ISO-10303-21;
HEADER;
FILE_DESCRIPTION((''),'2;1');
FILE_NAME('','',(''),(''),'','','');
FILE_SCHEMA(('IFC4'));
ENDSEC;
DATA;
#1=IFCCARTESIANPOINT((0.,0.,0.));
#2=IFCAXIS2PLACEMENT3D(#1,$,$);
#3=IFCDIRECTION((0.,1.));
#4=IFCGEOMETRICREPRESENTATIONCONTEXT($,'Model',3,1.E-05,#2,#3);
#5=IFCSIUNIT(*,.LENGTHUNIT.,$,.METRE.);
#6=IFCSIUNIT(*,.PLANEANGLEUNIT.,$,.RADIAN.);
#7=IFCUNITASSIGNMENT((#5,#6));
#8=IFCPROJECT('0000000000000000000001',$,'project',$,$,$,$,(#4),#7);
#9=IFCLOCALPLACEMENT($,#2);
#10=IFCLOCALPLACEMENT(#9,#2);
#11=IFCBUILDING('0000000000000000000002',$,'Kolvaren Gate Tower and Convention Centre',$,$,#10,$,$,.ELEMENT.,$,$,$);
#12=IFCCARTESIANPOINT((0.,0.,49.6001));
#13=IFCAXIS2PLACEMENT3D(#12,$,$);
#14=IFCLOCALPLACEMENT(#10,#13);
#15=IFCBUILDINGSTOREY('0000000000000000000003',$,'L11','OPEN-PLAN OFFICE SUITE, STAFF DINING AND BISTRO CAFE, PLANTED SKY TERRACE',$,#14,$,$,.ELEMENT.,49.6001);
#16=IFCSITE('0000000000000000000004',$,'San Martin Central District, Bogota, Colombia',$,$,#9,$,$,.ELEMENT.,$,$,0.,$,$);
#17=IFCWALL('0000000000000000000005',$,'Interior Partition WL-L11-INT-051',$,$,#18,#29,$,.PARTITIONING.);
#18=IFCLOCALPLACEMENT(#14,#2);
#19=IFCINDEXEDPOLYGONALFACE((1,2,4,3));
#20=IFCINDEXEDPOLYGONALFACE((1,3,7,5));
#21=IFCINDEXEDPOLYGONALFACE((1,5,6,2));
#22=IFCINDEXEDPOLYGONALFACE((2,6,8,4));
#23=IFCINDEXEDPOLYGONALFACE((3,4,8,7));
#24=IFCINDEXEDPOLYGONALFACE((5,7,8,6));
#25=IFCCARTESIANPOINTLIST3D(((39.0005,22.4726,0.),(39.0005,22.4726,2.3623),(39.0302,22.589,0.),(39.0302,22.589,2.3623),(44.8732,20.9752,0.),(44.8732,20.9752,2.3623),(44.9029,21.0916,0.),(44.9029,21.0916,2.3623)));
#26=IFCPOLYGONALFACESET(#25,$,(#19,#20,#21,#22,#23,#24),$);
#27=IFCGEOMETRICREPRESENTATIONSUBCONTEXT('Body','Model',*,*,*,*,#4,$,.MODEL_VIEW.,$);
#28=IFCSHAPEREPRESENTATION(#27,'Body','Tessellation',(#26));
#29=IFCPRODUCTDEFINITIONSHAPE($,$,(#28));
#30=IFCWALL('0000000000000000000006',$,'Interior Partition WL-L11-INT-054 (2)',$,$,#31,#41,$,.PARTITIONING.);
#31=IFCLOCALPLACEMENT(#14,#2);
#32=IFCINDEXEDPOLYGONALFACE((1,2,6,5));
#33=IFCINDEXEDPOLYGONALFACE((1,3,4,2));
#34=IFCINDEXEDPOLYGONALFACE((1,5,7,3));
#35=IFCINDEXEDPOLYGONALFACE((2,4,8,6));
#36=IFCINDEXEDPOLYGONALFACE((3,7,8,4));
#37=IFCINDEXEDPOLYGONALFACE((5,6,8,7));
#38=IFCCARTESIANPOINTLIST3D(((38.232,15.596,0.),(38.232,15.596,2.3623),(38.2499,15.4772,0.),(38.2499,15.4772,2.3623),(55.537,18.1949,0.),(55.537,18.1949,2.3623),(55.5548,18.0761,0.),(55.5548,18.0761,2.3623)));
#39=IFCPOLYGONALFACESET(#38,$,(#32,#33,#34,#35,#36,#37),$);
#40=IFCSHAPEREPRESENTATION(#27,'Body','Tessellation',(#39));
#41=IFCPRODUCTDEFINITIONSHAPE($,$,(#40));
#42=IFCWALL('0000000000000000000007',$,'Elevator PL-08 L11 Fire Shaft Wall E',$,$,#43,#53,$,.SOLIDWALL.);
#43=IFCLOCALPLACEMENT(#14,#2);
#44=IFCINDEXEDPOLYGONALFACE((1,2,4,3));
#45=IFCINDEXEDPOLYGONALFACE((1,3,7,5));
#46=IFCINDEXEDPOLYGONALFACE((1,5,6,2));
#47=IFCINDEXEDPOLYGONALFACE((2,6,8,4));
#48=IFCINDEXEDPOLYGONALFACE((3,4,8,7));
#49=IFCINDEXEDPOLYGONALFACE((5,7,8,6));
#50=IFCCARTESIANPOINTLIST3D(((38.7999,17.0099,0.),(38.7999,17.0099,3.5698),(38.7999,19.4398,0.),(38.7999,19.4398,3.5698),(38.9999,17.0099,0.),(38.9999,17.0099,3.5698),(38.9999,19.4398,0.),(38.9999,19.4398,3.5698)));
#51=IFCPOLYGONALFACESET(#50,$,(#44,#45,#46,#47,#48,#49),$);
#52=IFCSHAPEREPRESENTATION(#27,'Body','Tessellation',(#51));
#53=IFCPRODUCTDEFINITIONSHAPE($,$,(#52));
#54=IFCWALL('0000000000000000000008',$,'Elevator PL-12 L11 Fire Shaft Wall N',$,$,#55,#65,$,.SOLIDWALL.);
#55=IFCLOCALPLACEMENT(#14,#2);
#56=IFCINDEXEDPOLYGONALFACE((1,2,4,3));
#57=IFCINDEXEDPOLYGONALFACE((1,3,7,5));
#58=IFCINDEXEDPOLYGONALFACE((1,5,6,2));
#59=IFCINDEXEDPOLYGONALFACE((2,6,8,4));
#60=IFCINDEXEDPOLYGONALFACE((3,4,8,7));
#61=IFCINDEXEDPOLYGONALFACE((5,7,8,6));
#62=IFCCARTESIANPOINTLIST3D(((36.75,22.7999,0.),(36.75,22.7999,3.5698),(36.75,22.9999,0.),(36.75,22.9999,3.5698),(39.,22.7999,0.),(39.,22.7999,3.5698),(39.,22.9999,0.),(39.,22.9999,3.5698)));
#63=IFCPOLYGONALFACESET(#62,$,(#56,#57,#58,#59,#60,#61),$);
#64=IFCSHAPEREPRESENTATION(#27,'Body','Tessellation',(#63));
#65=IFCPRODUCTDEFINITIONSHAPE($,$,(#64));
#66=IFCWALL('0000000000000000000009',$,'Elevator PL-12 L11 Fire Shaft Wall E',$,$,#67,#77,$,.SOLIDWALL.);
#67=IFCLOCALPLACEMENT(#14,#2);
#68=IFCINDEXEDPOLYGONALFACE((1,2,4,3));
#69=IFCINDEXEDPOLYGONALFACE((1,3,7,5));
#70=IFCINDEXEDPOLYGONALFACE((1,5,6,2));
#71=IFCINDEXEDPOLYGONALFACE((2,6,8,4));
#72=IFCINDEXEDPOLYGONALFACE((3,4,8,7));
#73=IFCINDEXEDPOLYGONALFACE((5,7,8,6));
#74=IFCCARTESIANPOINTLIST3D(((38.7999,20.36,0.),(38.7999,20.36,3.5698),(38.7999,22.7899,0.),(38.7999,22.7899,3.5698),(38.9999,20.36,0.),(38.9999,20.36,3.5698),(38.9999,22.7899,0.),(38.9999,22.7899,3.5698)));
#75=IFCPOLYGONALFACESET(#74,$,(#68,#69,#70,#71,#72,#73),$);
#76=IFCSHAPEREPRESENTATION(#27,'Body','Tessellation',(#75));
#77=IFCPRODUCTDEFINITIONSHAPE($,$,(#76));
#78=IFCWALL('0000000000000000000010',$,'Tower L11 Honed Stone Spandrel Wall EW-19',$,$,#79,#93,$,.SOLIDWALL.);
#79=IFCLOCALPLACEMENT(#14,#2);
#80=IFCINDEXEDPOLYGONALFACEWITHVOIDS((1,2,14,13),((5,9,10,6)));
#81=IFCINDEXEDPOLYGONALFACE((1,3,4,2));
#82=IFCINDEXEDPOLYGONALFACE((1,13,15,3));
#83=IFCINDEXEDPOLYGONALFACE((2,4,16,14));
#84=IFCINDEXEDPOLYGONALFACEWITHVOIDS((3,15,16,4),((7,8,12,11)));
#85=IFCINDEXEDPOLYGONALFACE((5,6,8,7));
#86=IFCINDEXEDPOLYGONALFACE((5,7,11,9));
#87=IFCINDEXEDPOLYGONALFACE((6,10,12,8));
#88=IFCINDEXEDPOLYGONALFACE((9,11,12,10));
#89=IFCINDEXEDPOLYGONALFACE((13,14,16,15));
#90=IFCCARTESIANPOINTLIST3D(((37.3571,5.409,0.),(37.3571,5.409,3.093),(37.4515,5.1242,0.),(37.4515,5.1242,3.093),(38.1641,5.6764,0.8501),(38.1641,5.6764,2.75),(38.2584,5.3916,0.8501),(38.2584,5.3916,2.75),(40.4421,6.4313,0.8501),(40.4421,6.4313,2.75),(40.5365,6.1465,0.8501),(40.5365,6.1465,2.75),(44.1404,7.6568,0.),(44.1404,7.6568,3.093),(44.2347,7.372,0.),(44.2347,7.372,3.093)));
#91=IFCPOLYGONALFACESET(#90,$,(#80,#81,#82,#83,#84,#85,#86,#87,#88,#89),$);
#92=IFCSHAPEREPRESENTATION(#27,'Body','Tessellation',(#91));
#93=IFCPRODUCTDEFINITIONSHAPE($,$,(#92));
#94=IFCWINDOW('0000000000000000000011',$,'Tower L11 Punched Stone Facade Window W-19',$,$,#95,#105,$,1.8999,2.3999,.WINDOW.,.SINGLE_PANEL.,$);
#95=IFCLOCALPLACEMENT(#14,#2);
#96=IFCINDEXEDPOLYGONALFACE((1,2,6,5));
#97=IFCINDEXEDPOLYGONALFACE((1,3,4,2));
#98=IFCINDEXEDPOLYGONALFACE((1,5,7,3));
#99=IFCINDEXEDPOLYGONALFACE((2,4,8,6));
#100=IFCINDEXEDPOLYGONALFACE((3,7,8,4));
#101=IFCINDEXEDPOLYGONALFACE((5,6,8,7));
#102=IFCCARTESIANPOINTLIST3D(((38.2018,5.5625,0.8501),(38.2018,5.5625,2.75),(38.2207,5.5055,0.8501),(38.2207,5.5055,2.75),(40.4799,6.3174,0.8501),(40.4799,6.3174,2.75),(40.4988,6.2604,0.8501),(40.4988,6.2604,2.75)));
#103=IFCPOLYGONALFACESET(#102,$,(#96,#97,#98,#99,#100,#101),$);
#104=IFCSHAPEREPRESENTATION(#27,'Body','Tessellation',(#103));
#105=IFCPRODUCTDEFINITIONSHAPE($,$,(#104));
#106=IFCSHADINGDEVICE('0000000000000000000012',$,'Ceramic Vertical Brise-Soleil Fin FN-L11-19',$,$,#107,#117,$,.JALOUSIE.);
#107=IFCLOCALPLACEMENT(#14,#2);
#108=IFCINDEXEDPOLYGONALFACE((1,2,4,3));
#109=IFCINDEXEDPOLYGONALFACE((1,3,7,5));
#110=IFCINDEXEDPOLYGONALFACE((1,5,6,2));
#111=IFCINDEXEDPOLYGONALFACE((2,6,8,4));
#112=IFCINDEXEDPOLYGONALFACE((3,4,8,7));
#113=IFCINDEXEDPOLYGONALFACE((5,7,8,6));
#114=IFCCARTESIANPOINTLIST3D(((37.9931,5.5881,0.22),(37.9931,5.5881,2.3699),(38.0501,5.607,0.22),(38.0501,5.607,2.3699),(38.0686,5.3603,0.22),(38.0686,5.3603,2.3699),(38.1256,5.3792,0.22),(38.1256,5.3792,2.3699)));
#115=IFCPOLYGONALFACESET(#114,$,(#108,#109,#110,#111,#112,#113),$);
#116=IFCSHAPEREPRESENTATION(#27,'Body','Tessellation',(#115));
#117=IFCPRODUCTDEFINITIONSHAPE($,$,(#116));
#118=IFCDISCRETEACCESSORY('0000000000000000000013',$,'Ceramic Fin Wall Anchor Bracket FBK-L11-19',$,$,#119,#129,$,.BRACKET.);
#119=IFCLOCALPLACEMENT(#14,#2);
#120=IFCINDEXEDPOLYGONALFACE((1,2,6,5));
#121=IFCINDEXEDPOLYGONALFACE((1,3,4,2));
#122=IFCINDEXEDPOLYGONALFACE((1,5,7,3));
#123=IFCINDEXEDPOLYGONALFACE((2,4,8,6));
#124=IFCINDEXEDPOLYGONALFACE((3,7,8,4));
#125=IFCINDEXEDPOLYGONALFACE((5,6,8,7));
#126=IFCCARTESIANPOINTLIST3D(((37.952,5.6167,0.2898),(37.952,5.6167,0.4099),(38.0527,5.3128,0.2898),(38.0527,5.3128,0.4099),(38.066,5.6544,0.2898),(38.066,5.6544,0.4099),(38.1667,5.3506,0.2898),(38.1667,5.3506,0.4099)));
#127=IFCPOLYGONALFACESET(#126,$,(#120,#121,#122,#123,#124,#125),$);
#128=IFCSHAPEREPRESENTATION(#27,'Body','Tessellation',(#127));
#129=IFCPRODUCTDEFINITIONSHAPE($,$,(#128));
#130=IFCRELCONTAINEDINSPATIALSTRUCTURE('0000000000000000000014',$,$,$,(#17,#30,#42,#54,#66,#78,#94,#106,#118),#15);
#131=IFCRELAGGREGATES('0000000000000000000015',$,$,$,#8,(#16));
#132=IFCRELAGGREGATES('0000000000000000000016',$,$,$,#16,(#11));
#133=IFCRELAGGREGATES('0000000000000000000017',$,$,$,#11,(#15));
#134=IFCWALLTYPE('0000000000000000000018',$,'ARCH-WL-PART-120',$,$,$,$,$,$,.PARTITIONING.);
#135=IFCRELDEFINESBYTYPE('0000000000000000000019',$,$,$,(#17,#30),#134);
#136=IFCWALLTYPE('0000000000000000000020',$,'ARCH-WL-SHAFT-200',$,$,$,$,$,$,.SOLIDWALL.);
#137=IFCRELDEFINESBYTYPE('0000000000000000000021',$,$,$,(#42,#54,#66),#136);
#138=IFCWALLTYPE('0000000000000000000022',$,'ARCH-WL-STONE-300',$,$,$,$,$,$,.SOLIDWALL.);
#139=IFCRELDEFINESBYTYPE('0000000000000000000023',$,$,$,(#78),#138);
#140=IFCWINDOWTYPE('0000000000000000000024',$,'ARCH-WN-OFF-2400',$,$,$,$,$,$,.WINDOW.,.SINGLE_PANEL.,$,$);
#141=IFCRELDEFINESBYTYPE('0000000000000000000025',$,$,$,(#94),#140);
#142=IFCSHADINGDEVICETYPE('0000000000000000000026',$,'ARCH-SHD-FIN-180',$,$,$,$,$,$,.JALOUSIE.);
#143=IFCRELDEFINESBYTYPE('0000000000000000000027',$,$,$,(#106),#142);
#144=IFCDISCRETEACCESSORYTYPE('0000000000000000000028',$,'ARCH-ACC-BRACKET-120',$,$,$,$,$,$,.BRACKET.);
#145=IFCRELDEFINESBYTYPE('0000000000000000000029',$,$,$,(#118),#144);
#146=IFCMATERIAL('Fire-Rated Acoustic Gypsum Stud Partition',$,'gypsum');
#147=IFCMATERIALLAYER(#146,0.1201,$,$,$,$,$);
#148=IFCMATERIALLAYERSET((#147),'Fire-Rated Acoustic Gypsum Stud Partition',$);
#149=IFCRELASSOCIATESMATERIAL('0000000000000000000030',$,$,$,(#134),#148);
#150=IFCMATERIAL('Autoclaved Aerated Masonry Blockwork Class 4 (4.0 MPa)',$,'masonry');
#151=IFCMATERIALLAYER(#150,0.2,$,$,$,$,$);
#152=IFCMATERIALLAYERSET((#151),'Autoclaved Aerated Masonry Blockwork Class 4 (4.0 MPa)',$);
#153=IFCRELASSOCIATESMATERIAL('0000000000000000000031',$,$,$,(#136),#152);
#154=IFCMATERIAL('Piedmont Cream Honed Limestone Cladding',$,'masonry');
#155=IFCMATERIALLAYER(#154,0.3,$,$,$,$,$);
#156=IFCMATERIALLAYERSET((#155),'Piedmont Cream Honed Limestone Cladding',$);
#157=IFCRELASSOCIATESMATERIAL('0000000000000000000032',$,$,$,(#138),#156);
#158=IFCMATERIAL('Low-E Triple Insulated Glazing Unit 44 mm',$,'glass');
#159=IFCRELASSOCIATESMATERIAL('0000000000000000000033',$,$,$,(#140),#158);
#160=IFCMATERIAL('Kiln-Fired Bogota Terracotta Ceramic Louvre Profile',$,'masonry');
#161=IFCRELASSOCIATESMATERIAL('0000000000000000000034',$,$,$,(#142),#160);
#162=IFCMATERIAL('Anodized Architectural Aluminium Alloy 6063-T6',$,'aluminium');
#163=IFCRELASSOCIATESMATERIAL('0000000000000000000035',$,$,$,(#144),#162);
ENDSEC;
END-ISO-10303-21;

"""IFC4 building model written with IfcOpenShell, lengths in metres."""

from ifc_helpers import new_model, si_unit, direction, frame, frame_2d, origin, origin_2d, place, context, subcontext, project, spatial, rectangle, extrude, material, layer, layer_set, type_object, element, fill, save


model = new_model("IFC4")

# Units and contexts
model_context = context("Model", 3, precision=1e-05, world=origin(), true_north=direction((0.0, 1.0)))
body_context = subcontext(model_context, "Body", "Model", "MODEL_VIEW")
ifc_project = project(units=[si_unit("LENGTHUNIT", "METRE"), si_unit("PLANEANGLEUNIT", "RADIAN")], contexts=[model_context])

# Site, building, storey
site_placement = place(None, origin())
site = spatial("IfcSite", under=ifc_project, at=site_placement, Name="San Martin Central District, Bogota, Colombia", CompositionType="ELEMENT", RefElevation=0.0)
building_placement = place(site_placement, origin())
building = spatial("IfcBuilding", under=site, at=building_placement, Name="Kolvaren Gate Tower and Convention Centre", CompositionType="ELEMENT")
storey_placement = place(building_placement, frame((0.0, 0.0, 49.6001)))
storey = spatial("IfcBuildingStorey", under=building, at=storey_placement, Name="L11", Description="OPEN-PLAN OFFICE SUITE, STAFF DINING AND BISTRO CAFE, PLANTED SKY TERRACE", CompositionType="ELEMENT", Elevation=49.6001)

# Walls
ifc_material_1 = material(Name="Fire-Rated Acoustic Gypsum Stud Partition", Category="gypsum")
ifc_layer_1 = layer(ifc_material_1, 0.1201)
ifc_layer_set_1 = layer_set([ifc_layer_1], Name="Fire-Rated Acoustic Gypsum Stud Partition")
wall_type_1 = type_object("IfcWallType", Name="ARCH-WL-PART-120", PredefinedType="PARTITIONING", material=ifc_layer_set_1)
wall_1_placement = place(storey_placement, frame((39.0154, 22.5308, 0.0), z_axis=(0.0, 0.0, 1.0), x_axis=(0.968999, -0.247064, 0.0)))
element("IfcWall", 1, at=wall_1_placement, inside=storey, type_object=wall_type_1, Name="Interior Partition WL-L11-INT-051", PredefinedType="PARTITIONING", context=body_context, shape_type="SweptSolid", body=[
    extrude(rectangle(XDim=6.0605, YDim=0.1201, at=frame_2d((3.0303, 0.0))), origin(), (0.0, 0.0, 1.0), 2.3623),
])
wall_2_placement = place(storey_placement, frame((38.241, 15.5366, 0.0), z_axis=(0.0, 0.0, 1.0), x_axis=(0.98891, 0.148516, 0.0)))
element("IfcWall", 2, at=wall_2_placement, inside=storey, type_object=wall_type_1, Name="Interior Partition WL-L11-INT-054 (2)", PredefinedType="PARTITIONING", context=body_context, shape_type="SweptSolid", body=[
    extrude(rectangle(XDim=17.499, YDim=0.1201, at=frame_2d((8.7495, 0.0))), origin(), (0.0, 0.0, 1.0), 2.3623),
])
ifc_material_2 = material(Name="Autoclaved Aerated Masonry Blockwork Class 4 (4.0 MPa)", Category="masonry")
ifc_layer_2 = layer(ifc_material_2, 0.2)
ifc_layer_set_2 = layer_set([ifc_layer_2], Name="Autoclaved Aerated Masonry Blockwork Class 4 (4.0 MPa)")
wall_type_2 = type_object("IfcWallType", Name="ARCH-WL-SHAFT-200", PredefinedType="SOLIDWALL", material=ifc_layer_set_2)
wall_3_placement = place(storey_placement, frame((38.8999, 17.01, 0.0), z_axis=(0.0, 0.0, 1.0), x_axis=(0.0, 1.0, 0.0)))
element("IfcWall", 3, at=wall_3_placement, inside=storey, type_object=wall_type_2, Name="Elevator PL-08 L11 Fire Shaft Wall E", PredefinedType="SOLIDWALL", context=body_context, shape_type="SweptSolid", body=[
    extrude(rectangle(XDim=2.4299, YDim=0.2, at=frame_2d((1.2148, 0.0))), origin(), (0.0, 0.0, 1.0), 3.5698),
])
wall_4_placement = place(storey_placement, frame((36.75, 22.8999, 0.0), z_axis=(0.0, 0.0, 1.0), x_axis=(1.0, 0.0, 0.0)))
element("IfcWall", 4, at=wall_4_placement, inside=storey, type_object=wall_type_2, Name="Elevator PL-12 L11 Fire Shaft Wall N", PredefinedType="SOLIDWALL", context=body_context, shape_type="SweptSolid", body=[
    extrude(rectangle(XDim=2.25, YDim=0.2, at=frame_2d((1.125, 0.0))), origin(), (0.0, 0.0, 1.0), 3.5698),
])
wall_5_placement = place(storey_placement, frame((38.8999, 20.3601, 0.0), z_axis=(0.0, 0.0, 1.0), x_axis=(0.0, 1.0, 0.0)))
element("IfcWall", 5, at=wall_5_placement, inside=storey, type_object=wall_type_2, Name="Elevator PL-12 L11 Fire Shaft Wall E", PredefinedType="SOLIDWALL", context=body_context, shape_type="SweptSolid", body=[
    extrude(rectangle(XDim=2.4299, YDim=0.2, at=frame_2d((1.2148, 0.0))), origin(), (0.0, 0.0, 1.0), 3.5698),
])

# Wall, opening, window
ifc_material_3 = material(Name="Piedmont Cream Honed Limestone Cladding", Category="masonry")
ifc_layer_3 = layer(ifc_material_3, 0.3)
ifc_layer_set_3 = layer_set([ifc_layer_3], Name="Piedmont Cream Honed Limestone Cladding")
wall_type_3 = type_object("IfcWallType", Name="ARCH-WL-STONE-300", PredefinedType="SOLIDWALL", material=ifc_layer_set_3)
wall_6_placement = place(storey_placement, frame((37.4043, 5.2666, 0.0), z_axis=(0.0, 0.0, 1.0), x_axis=(0.949239, 0.314557, 0.0)))
wall_6 = element("IfcWall", 6, at=wall_6_placement, inside=storey, type_object=wall_type_3, Name="Tower L11 Honed Stone Spandrel Wall EW-19", PredefinedType="SOLIDWALL", context=body_context, shape_type="SweptSolid", body=[
    extrude(rectangle(XDim=7.146, YDim=0.3, at=frame_2d((3.573, 0.0))), origin(), (0.0, 0.0, 1.0), 3.093),
])
opening_placement = place(wall_6_placement, frame((0.8501, 0.0, 0.8501)))
opening = element("IfcOpeningElement", 7, at=opening_placement, cuts=wall_6, PredefinedType="OPENING", context=body_context, shape_type="SweptSolid", body=[
    extrude(rectangle(XDim=2.3999, YDim=1.8999, at=frame_2d((1.2, 0.95))), frame((0.0, 0.1599, 0.0), z_axis=(0.0, -1.0, 0.0), x_axis=(1.0, 0.0, 0.0)), (0.0, 0.0, 1.0), 0.3201),
])
ifc_material_4 = material(Name="Low-E Triple Insulated Glazing Unit 44 mm", Category="glass")
window_type = type_object("IfcWindowType", Name="ARCH-WN-OFF-2400", PartitioningType="SINGLE_PANEL", PredefinedType="WINDOW", material=ifc_material_4)
window_placement = place(opening_placement, origin())
window = element("IfcWindow", 8, at=window_placement, inside=storey, type_object=window_type, Name="Tower L11 Punched Stone Facade Window W-19", OverallHeight=1.8999, OverallWidth=2.3999, PartitioningType="SINGLE_PANEL", PredefinedType="WINDOW", context=body_context, shape_type="SweptSolid", body=[
    extrude(rectangle(XDim=2.3999, YDim=1.8999, at=frame_2d((1.2, 0.95))), frame((0.0, 0.03, 0.0), z_axis=(0.0, -1.0, 0.0), x_axis=(1.0, 0.0, 0.0)), (0.0, 0.0, 1.0), 0.0601),
])
fill(opening, window)

# Shading device
ifc_material_5 = material(Name="Kiln-Fired Bogota Terracotta Ceramic Louvre Profile", Category="masonry")
shading_device_type = type_object("IfcShadingDeviceType", Name="ARCH-SHD-FIN-180", PredefinedType="JALOUSIE", material=ifc_material_5)
shading_device_placement = place(storey_placement, frame((38.0593, 5.4836, 0.22), z_axis=(0.0, 0.0, 1.0), x_axis=(0.949243, 0.314544, 0.0)))
element("IfcShadingDevice", 9, at=shading_device_placement, inside=storey, type_object=shading_device_type, Name="Ceramic Vertical Brise-Soleil Fin FN-L11-19", PredefinedType="JALOUSIE", context=body_context, shape_type="SweptSolid", body=[
    extrude(rectangle(XDim=0.0601, YDim=0.24, at=origin_2d()), origin(), (0.0, 0.0, 1.0), 2.1499),
])

# Discrete accessory
ifc_material_6 = material(Name="Anodized Architectural Aluminium Alloy 6063-T6", Category="aluminium")
discrete_accessory_type = type_object("IfcDiscreteAccessoryType", Name="ARCH-ACC-BRACKET-120", PredefinedType="BRACKET", material=ifc_material_6)
discrete_accessory_placement = place(storey_placement, frame((38.0593, 5.4836, 0.2898), z_axis=(0.0, 0.0, 1.0), x_axis=(0.949243, 0.314544, 0.0)))
element("IfcDiscreteAccessory", 10, at=discrete_accessory_placement, inside=storey, type_object=discrete_accessory_type, Name="Ceramic Fin Wall Anchor Bracket FBK-L11-19", PredefinedType="BRACKET", context=body_context, shape_type="SweptSolid", body=[
    extrude(rectangle(XDim=0.1201, YDim=0.3201, at=origin_2d()), origin(), (0.0, 0.0, 1.0), 0.1201),
])

save(model, "model.ifc")
